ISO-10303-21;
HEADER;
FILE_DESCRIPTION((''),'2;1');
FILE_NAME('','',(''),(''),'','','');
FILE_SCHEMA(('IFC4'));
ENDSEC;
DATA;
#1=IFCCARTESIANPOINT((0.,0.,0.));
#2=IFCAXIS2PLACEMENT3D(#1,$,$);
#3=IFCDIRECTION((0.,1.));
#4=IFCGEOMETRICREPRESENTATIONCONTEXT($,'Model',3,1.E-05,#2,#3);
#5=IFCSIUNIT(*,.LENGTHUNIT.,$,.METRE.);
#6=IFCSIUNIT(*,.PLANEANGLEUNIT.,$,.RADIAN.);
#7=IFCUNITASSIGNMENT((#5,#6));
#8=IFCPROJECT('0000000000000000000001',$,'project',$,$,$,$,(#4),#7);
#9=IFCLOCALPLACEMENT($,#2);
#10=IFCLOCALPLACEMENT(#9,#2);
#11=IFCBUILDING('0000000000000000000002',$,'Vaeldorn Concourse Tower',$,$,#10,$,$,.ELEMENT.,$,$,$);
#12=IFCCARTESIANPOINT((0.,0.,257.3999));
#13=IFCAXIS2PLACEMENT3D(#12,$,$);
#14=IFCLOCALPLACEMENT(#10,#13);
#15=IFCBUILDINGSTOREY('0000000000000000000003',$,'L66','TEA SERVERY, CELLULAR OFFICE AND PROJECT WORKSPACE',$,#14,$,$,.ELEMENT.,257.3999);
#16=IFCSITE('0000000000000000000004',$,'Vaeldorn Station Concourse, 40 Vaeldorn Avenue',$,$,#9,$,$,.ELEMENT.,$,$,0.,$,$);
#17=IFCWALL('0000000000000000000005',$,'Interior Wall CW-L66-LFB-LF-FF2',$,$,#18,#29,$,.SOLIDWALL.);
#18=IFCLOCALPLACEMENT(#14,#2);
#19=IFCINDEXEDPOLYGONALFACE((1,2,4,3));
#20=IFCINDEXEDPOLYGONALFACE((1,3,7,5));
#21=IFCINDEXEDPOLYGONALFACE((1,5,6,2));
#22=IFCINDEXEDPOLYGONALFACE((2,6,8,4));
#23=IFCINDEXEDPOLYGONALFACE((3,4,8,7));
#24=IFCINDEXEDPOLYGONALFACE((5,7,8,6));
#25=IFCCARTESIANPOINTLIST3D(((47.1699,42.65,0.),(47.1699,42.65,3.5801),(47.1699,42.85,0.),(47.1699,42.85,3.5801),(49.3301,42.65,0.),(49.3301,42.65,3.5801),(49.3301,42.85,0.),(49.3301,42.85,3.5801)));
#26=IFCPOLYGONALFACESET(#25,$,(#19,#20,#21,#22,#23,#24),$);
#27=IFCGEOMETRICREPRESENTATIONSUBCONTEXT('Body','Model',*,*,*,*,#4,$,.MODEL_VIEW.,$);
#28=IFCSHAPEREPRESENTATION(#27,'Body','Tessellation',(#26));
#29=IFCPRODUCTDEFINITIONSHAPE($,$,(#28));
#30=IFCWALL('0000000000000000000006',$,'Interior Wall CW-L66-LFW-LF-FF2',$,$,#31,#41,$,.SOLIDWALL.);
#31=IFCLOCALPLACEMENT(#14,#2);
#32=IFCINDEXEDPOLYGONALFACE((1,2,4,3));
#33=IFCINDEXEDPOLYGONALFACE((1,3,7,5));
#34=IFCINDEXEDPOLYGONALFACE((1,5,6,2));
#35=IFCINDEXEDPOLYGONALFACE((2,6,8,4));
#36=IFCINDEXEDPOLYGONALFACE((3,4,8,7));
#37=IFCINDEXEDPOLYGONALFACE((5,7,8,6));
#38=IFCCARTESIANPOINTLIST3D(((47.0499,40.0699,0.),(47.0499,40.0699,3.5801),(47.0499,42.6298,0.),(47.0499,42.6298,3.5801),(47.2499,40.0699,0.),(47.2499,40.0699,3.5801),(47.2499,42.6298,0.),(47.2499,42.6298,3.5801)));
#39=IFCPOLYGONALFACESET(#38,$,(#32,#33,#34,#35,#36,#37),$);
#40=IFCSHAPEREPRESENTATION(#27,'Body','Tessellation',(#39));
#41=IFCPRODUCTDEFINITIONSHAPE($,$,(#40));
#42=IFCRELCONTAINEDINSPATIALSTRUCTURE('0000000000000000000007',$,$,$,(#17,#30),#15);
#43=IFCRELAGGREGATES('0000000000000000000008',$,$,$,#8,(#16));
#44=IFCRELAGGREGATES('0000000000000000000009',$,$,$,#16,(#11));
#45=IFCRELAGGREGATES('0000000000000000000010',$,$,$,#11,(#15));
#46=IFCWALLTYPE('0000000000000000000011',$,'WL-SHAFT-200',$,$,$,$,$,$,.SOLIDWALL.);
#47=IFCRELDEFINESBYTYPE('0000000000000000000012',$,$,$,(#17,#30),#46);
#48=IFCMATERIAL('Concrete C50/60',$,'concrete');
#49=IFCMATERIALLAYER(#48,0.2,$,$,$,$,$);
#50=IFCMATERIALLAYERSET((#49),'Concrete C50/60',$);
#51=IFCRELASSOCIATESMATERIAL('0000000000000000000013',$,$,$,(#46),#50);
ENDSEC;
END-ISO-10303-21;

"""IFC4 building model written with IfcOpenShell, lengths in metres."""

from ifc_helpers import new_model, si_unit, direction, frame, frame_2d, origin, place, context, subcontext, project, spatial, rectangle, extrude, material, layer, layer_set, type_object, element, save


model = new_model("IFC4")

# Units and contexts
model_context = context("Model", 3, precision=1e-05, world=origin(), true_north=direction((0.0, 1.0)))
body_context = subcontext(model_context, "Body", "Model", "MODEL_VIEW")
ifc_project = project(units=[si_unit("LENGTHUNIT", "METRE"), si_unit("PLANEANGLEUNIT", "RADIAN")], contexts=[model_context])

# Site, building, storey
site_placement = place(None, origin())
site = spatial("IfcSite", under=ifc_project, at=site_placement, Name="Vaeldorn Station Concourse, 40 Vaeldorn Avenue", CompositionType="ELEMENT", RefElevation=0.0)
building_placement = place(site_placement, origin())
building = spatial("IfcBuilding", under=site, at=building_placement, Name="Vaeldorn Concourse Tower", CompositionType="ELEMENT")
storey_placement = place(building_placement, frame((0.0, 0.0, 257.3999)))
storey = spatial("IfcBuildingStorey", under=building, at=storey_placement, Name="L66", Description="TEA SERVERY, CELLULAR OFFICE AND PROJECT WORKSPACE", CompositionType="ELEMENT", Elevation=257.3999)

# Shared definitions
ifc_material_1 = material(Name="Concrete C50/60", Category="concrete")

# Shared definitions
ifc_layer_1 = layer(ifc_material_1, 0.2)
ifc_layer_set_1 = layer_set([ifc_layer_1], Name="Concrete C50/60")
wall_type_1 = type_object("IfcWallType", Name="WL-SHAFT-200", PredefinedType="SOLIDWALL", material=ifc_layer_set_1)

# Walls
wall_1_placement = place(storey_placement, frame((47.1699, 42.75, 0.0), z_axis=(0.0, 0.0, 1.0), x_axis=(1.0, 0.0, 0.0)))
element("IfcWall", 1, at=wall_1_placement, inside=storey, type_object=wall_type_1, Name="Interior Wall CW-L66-LFB-LF-FF2", PredefinedType="SOLIDWALL", context=body_context, shape_type="SweptSolid", body=[
    extrude(rectangle(XDim=2.1602, YDim=0.2, at=frame_2d((1.0801, 0.0))), origin(), (0.0, 0.0, 1.0), 3.5801),
])
wall_2_placement = place(storey_placement, frame((47.1499, 40.0701, 0.0), z_axis=(0.0, 0.0, 1.0), x_axis=(0.0, 1.0, 0.0)))
element("IfcWall", 2, at=wall_2_placement, inside=storey, type_object=wall_type_1, Name="Interior Wall CW-L66-LFW-LF-FF2", PredefinedType="SOLIDWALL", context=body_context, shape_type="SweptSolid", body=[
    extrude(rectangle(XDim=2.5598, YDim=0.2, at=frame_2d((1.2798, 0.0))), origin(), (0.0, 0.0, 1.0), 3.5801),
])

save(model, "model.ifc")
